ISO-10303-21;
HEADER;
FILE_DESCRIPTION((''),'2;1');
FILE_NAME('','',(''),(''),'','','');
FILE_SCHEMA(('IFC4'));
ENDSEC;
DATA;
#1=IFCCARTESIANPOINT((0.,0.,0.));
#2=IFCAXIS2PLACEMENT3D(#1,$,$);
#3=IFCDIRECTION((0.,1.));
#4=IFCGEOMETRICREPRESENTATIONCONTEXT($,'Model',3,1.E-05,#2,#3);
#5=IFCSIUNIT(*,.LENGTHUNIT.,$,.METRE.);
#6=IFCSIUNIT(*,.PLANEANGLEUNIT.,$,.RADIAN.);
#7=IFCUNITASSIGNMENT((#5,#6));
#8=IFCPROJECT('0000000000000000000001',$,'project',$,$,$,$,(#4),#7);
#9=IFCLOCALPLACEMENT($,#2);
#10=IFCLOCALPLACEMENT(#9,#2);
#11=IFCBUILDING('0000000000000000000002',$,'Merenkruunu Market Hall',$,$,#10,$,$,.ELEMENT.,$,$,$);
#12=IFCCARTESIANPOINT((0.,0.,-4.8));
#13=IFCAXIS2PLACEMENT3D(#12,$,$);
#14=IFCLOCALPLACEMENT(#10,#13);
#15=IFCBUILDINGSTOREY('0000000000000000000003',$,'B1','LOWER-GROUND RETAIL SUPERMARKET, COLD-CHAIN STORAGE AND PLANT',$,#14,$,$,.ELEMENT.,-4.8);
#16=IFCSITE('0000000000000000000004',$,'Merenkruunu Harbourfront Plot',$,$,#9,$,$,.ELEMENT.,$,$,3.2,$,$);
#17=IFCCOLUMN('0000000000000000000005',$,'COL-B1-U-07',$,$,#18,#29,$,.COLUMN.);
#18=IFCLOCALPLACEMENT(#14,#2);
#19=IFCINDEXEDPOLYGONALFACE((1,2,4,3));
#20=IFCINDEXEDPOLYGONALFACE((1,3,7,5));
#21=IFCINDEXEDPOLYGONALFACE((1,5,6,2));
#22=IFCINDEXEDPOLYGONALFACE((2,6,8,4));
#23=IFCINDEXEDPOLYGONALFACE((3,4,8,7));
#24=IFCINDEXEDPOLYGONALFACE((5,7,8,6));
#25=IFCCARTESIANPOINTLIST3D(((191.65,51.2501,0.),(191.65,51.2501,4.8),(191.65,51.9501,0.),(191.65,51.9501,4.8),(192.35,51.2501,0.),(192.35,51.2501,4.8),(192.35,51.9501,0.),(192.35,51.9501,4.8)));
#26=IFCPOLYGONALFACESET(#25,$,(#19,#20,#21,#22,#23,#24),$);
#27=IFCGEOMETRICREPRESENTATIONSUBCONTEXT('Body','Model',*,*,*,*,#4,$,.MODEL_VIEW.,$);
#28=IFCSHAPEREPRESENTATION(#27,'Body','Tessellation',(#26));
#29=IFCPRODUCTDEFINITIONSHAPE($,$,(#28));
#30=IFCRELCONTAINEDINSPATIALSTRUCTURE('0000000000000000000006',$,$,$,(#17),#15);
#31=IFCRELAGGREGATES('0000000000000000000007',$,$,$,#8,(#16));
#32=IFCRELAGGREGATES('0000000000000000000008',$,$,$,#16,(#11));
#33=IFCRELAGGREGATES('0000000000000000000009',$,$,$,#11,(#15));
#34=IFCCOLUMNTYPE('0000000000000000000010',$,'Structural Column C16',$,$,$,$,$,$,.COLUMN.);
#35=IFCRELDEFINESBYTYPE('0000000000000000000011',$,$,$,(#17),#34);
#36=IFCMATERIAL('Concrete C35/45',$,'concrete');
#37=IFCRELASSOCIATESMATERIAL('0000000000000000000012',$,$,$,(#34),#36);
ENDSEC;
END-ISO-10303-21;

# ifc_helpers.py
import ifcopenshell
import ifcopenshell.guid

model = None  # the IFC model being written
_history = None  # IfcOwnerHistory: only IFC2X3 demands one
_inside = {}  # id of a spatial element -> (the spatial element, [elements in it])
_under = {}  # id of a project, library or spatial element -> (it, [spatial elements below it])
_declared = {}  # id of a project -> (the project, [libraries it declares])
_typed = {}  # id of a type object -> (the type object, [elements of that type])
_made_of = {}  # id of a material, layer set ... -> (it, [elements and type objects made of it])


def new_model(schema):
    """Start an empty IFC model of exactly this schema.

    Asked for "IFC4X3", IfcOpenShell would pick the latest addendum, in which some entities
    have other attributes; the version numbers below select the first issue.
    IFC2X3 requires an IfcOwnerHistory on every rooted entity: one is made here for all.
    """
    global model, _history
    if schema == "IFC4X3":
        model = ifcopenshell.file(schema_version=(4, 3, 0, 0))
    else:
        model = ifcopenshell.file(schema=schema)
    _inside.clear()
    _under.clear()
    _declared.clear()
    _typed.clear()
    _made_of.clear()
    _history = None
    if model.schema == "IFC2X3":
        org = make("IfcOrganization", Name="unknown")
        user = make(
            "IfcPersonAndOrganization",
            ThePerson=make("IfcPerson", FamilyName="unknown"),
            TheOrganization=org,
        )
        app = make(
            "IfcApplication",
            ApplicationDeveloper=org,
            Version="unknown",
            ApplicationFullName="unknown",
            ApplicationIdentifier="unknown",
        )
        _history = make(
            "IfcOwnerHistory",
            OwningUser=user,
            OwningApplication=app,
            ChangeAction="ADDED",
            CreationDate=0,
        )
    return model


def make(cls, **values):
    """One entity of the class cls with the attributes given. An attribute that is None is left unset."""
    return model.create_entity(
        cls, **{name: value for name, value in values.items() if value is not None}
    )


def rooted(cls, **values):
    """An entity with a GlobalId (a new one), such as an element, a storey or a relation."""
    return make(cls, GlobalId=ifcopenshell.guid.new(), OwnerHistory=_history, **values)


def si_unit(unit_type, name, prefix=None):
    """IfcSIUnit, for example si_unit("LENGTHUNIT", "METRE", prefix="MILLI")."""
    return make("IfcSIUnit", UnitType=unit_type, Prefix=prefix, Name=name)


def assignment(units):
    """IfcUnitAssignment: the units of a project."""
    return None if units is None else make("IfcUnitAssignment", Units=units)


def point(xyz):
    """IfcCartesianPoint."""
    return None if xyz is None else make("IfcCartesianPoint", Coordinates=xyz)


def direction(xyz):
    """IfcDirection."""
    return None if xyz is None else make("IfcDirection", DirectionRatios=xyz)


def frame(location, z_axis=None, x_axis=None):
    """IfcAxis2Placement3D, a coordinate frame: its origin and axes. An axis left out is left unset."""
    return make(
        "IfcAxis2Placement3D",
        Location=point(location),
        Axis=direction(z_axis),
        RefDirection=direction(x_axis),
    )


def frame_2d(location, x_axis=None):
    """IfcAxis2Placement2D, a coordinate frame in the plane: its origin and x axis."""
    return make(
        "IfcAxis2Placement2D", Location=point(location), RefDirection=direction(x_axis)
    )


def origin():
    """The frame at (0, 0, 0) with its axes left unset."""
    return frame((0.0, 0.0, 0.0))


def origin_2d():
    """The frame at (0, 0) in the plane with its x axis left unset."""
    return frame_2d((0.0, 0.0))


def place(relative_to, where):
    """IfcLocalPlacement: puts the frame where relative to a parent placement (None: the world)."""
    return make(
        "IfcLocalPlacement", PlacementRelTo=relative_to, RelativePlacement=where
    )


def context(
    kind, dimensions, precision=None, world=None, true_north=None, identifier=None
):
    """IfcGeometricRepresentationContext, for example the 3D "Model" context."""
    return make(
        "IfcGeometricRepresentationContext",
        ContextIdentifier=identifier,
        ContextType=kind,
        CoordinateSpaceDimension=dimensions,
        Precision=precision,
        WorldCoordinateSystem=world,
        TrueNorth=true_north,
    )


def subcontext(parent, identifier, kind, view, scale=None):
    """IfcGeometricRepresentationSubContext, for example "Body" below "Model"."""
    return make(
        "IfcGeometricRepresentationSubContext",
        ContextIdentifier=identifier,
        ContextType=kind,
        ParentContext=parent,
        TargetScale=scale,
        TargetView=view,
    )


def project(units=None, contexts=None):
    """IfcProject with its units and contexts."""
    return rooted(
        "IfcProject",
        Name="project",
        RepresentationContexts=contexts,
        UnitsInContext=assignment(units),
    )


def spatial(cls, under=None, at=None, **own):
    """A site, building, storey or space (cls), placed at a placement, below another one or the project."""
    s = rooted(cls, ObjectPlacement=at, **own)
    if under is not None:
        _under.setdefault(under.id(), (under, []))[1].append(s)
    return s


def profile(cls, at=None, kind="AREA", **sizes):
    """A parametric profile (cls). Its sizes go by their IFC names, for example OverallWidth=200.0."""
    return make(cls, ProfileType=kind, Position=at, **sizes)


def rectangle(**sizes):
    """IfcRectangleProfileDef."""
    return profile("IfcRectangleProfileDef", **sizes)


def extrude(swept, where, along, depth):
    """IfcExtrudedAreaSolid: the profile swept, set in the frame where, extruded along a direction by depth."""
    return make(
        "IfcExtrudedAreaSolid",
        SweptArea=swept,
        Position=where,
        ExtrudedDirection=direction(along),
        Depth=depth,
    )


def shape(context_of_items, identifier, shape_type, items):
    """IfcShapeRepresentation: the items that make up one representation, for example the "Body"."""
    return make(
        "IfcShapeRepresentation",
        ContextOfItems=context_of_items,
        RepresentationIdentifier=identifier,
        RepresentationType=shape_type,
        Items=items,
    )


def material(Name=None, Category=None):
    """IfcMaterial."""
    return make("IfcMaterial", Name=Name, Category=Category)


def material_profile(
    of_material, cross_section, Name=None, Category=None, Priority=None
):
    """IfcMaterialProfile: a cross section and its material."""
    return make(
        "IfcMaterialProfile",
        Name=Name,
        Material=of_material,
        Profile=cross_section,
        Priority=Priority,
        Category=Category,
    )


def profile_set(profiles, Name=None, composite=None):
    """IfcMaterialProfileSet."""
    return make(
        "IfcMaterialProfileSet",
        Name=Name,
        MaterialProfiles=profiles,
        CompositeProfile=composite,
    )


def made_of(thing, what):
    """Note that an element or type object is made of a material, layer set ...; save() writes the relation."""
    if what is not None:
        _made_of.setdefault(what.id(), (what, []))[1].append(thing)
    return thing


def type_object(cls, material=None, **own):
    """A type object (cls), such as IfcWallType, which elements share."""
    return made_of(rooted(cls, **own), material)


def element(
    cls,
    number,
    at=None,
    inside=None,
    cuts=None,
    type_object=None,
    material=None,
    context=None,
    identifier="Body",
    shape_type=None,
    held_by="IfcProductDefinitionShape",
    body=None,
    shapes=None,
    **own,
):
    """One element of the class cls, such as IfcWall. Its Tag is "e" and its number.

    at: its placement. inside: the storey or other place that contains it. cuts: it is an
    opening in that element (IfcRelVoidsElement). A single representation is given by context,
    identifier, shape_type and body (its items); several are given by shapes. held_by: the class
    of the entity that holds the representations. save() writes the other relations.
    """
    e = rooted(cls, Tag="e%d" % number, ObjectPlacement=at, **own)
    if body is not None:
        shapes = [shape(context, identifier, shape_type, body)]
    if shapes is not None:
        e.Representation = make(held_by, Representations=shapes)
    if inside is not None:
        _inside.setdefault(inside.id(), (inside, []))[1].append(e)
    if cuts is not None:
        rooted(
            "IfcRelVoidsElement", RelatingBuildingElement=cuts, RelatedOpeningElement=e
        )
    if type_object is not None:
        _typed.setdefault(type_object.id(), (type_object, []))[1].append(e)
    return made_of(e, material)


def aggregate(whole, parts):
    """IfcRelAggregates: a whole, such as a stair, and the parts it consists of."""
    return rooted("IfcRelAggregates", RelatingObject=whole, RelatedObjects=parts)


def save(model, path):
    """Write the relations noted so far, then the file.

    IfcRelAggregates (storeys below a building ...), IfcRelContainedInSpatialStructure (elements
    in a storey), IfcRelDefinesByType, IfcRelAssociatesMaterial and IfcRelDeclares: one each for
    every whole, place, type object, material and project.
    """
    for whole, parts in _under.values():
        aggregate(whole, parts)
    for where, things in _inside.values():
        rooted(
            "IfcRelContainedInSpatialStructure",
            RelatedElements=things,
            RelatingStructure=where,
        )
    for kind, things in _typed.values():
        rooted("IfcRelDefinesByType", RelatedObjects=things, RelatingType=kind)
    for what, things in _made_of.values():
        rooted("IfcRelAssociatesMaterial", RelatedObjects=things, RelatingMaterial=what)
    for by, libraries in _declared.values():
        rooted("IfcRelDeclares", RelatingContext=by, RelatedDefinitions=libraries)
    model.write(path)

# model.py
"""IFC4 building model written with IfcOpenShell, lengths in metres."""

from ifc_helpers import new_model, si_unit, direction, frame, origin, origin_2d, place, context, subcontext, project, spatial, rectangle, extrude, material, material_profile, profile_set, type_object, element, save


model = new_model("IFC4")

# Units and contexts
model_context = context("Model", 3, precision=1e-05, world=origin(), true_north=direction((0.0, 1.0)))
body_context = subcontext(model_context, "Body", "Model", "MODEL_VIEW")
ifc_project = project(units=[si_unit("LENGTHUNIT", "METRE"), si_unit("PLANEANGLEUNIT", "RADIAN")], contexts=[model_context])

# Site, building, storey
site_placement = place(None, origin())
site = spatial("IfcSite", under=ifc_project, at=site_placement, Name="Merenkruunu Harbourfront Plot", CompositionType="ELEMENT", RefElevation=3.2)
building_placement = place(site_placement, origin())
building = spatial("IfcBuilding", under=site, at=building_placement, Name="Merenkruunu Market Hall", CompositionType="ELEMENT")
storey_placement = place(building_placement, frame((0.0, 0.0, -4.8)))
storey = spatial("IfcBuildingStorey", under=building, at=storey_placement, Name="B1", Description="LOWER-GROUND RETAIL SUPERMARKET, COLD-CHAIN STORAGE AND PLANT", CompositionType="ELEMENT", Elevation=-4.8)

# Shared definitions
ifc_material = material(Name="Concrete C35/45", Category="concrete")

# Column
ifc_material_profile_1 = material_profile(ifc_material, rectangle(XDim=0.7, YDim=0.7, at=origin_2d()), Name="RC 700x700")
ifc_profile_set_1 = profile_set([ifc_material_profile_1], Name="Concrete C35/45")
column_type_1 = type_object("IfcColumnType", Name="Structural Column C16", PredefinedType="COLUMN", material=ifc_profile_set_1)
for number, where, z_axis, x_axis, name in (
    (1, (192.0, 51.6001, 0.0), (0.0, 0.0, 1.0), (1.0, 0.0, 0.0), "COL-B1-U-07"),
):
    element("IfcColumn", number, at=place(storey_placement, frame(where, z_axis=z_axis, x_axis=x_axis)), inside=storey, type_object=column_type_1, Name=name, PredefinedType="COLUMN", context=body_context, shape_type="SweptSolid", body=[
        extrude(rectangle(XDim=0.7, YDim=0.7, at=origin_2d()), origin(), (0.0, 0.0, 1.0), 4.8),
    ])

save(model, "model.ifc")
